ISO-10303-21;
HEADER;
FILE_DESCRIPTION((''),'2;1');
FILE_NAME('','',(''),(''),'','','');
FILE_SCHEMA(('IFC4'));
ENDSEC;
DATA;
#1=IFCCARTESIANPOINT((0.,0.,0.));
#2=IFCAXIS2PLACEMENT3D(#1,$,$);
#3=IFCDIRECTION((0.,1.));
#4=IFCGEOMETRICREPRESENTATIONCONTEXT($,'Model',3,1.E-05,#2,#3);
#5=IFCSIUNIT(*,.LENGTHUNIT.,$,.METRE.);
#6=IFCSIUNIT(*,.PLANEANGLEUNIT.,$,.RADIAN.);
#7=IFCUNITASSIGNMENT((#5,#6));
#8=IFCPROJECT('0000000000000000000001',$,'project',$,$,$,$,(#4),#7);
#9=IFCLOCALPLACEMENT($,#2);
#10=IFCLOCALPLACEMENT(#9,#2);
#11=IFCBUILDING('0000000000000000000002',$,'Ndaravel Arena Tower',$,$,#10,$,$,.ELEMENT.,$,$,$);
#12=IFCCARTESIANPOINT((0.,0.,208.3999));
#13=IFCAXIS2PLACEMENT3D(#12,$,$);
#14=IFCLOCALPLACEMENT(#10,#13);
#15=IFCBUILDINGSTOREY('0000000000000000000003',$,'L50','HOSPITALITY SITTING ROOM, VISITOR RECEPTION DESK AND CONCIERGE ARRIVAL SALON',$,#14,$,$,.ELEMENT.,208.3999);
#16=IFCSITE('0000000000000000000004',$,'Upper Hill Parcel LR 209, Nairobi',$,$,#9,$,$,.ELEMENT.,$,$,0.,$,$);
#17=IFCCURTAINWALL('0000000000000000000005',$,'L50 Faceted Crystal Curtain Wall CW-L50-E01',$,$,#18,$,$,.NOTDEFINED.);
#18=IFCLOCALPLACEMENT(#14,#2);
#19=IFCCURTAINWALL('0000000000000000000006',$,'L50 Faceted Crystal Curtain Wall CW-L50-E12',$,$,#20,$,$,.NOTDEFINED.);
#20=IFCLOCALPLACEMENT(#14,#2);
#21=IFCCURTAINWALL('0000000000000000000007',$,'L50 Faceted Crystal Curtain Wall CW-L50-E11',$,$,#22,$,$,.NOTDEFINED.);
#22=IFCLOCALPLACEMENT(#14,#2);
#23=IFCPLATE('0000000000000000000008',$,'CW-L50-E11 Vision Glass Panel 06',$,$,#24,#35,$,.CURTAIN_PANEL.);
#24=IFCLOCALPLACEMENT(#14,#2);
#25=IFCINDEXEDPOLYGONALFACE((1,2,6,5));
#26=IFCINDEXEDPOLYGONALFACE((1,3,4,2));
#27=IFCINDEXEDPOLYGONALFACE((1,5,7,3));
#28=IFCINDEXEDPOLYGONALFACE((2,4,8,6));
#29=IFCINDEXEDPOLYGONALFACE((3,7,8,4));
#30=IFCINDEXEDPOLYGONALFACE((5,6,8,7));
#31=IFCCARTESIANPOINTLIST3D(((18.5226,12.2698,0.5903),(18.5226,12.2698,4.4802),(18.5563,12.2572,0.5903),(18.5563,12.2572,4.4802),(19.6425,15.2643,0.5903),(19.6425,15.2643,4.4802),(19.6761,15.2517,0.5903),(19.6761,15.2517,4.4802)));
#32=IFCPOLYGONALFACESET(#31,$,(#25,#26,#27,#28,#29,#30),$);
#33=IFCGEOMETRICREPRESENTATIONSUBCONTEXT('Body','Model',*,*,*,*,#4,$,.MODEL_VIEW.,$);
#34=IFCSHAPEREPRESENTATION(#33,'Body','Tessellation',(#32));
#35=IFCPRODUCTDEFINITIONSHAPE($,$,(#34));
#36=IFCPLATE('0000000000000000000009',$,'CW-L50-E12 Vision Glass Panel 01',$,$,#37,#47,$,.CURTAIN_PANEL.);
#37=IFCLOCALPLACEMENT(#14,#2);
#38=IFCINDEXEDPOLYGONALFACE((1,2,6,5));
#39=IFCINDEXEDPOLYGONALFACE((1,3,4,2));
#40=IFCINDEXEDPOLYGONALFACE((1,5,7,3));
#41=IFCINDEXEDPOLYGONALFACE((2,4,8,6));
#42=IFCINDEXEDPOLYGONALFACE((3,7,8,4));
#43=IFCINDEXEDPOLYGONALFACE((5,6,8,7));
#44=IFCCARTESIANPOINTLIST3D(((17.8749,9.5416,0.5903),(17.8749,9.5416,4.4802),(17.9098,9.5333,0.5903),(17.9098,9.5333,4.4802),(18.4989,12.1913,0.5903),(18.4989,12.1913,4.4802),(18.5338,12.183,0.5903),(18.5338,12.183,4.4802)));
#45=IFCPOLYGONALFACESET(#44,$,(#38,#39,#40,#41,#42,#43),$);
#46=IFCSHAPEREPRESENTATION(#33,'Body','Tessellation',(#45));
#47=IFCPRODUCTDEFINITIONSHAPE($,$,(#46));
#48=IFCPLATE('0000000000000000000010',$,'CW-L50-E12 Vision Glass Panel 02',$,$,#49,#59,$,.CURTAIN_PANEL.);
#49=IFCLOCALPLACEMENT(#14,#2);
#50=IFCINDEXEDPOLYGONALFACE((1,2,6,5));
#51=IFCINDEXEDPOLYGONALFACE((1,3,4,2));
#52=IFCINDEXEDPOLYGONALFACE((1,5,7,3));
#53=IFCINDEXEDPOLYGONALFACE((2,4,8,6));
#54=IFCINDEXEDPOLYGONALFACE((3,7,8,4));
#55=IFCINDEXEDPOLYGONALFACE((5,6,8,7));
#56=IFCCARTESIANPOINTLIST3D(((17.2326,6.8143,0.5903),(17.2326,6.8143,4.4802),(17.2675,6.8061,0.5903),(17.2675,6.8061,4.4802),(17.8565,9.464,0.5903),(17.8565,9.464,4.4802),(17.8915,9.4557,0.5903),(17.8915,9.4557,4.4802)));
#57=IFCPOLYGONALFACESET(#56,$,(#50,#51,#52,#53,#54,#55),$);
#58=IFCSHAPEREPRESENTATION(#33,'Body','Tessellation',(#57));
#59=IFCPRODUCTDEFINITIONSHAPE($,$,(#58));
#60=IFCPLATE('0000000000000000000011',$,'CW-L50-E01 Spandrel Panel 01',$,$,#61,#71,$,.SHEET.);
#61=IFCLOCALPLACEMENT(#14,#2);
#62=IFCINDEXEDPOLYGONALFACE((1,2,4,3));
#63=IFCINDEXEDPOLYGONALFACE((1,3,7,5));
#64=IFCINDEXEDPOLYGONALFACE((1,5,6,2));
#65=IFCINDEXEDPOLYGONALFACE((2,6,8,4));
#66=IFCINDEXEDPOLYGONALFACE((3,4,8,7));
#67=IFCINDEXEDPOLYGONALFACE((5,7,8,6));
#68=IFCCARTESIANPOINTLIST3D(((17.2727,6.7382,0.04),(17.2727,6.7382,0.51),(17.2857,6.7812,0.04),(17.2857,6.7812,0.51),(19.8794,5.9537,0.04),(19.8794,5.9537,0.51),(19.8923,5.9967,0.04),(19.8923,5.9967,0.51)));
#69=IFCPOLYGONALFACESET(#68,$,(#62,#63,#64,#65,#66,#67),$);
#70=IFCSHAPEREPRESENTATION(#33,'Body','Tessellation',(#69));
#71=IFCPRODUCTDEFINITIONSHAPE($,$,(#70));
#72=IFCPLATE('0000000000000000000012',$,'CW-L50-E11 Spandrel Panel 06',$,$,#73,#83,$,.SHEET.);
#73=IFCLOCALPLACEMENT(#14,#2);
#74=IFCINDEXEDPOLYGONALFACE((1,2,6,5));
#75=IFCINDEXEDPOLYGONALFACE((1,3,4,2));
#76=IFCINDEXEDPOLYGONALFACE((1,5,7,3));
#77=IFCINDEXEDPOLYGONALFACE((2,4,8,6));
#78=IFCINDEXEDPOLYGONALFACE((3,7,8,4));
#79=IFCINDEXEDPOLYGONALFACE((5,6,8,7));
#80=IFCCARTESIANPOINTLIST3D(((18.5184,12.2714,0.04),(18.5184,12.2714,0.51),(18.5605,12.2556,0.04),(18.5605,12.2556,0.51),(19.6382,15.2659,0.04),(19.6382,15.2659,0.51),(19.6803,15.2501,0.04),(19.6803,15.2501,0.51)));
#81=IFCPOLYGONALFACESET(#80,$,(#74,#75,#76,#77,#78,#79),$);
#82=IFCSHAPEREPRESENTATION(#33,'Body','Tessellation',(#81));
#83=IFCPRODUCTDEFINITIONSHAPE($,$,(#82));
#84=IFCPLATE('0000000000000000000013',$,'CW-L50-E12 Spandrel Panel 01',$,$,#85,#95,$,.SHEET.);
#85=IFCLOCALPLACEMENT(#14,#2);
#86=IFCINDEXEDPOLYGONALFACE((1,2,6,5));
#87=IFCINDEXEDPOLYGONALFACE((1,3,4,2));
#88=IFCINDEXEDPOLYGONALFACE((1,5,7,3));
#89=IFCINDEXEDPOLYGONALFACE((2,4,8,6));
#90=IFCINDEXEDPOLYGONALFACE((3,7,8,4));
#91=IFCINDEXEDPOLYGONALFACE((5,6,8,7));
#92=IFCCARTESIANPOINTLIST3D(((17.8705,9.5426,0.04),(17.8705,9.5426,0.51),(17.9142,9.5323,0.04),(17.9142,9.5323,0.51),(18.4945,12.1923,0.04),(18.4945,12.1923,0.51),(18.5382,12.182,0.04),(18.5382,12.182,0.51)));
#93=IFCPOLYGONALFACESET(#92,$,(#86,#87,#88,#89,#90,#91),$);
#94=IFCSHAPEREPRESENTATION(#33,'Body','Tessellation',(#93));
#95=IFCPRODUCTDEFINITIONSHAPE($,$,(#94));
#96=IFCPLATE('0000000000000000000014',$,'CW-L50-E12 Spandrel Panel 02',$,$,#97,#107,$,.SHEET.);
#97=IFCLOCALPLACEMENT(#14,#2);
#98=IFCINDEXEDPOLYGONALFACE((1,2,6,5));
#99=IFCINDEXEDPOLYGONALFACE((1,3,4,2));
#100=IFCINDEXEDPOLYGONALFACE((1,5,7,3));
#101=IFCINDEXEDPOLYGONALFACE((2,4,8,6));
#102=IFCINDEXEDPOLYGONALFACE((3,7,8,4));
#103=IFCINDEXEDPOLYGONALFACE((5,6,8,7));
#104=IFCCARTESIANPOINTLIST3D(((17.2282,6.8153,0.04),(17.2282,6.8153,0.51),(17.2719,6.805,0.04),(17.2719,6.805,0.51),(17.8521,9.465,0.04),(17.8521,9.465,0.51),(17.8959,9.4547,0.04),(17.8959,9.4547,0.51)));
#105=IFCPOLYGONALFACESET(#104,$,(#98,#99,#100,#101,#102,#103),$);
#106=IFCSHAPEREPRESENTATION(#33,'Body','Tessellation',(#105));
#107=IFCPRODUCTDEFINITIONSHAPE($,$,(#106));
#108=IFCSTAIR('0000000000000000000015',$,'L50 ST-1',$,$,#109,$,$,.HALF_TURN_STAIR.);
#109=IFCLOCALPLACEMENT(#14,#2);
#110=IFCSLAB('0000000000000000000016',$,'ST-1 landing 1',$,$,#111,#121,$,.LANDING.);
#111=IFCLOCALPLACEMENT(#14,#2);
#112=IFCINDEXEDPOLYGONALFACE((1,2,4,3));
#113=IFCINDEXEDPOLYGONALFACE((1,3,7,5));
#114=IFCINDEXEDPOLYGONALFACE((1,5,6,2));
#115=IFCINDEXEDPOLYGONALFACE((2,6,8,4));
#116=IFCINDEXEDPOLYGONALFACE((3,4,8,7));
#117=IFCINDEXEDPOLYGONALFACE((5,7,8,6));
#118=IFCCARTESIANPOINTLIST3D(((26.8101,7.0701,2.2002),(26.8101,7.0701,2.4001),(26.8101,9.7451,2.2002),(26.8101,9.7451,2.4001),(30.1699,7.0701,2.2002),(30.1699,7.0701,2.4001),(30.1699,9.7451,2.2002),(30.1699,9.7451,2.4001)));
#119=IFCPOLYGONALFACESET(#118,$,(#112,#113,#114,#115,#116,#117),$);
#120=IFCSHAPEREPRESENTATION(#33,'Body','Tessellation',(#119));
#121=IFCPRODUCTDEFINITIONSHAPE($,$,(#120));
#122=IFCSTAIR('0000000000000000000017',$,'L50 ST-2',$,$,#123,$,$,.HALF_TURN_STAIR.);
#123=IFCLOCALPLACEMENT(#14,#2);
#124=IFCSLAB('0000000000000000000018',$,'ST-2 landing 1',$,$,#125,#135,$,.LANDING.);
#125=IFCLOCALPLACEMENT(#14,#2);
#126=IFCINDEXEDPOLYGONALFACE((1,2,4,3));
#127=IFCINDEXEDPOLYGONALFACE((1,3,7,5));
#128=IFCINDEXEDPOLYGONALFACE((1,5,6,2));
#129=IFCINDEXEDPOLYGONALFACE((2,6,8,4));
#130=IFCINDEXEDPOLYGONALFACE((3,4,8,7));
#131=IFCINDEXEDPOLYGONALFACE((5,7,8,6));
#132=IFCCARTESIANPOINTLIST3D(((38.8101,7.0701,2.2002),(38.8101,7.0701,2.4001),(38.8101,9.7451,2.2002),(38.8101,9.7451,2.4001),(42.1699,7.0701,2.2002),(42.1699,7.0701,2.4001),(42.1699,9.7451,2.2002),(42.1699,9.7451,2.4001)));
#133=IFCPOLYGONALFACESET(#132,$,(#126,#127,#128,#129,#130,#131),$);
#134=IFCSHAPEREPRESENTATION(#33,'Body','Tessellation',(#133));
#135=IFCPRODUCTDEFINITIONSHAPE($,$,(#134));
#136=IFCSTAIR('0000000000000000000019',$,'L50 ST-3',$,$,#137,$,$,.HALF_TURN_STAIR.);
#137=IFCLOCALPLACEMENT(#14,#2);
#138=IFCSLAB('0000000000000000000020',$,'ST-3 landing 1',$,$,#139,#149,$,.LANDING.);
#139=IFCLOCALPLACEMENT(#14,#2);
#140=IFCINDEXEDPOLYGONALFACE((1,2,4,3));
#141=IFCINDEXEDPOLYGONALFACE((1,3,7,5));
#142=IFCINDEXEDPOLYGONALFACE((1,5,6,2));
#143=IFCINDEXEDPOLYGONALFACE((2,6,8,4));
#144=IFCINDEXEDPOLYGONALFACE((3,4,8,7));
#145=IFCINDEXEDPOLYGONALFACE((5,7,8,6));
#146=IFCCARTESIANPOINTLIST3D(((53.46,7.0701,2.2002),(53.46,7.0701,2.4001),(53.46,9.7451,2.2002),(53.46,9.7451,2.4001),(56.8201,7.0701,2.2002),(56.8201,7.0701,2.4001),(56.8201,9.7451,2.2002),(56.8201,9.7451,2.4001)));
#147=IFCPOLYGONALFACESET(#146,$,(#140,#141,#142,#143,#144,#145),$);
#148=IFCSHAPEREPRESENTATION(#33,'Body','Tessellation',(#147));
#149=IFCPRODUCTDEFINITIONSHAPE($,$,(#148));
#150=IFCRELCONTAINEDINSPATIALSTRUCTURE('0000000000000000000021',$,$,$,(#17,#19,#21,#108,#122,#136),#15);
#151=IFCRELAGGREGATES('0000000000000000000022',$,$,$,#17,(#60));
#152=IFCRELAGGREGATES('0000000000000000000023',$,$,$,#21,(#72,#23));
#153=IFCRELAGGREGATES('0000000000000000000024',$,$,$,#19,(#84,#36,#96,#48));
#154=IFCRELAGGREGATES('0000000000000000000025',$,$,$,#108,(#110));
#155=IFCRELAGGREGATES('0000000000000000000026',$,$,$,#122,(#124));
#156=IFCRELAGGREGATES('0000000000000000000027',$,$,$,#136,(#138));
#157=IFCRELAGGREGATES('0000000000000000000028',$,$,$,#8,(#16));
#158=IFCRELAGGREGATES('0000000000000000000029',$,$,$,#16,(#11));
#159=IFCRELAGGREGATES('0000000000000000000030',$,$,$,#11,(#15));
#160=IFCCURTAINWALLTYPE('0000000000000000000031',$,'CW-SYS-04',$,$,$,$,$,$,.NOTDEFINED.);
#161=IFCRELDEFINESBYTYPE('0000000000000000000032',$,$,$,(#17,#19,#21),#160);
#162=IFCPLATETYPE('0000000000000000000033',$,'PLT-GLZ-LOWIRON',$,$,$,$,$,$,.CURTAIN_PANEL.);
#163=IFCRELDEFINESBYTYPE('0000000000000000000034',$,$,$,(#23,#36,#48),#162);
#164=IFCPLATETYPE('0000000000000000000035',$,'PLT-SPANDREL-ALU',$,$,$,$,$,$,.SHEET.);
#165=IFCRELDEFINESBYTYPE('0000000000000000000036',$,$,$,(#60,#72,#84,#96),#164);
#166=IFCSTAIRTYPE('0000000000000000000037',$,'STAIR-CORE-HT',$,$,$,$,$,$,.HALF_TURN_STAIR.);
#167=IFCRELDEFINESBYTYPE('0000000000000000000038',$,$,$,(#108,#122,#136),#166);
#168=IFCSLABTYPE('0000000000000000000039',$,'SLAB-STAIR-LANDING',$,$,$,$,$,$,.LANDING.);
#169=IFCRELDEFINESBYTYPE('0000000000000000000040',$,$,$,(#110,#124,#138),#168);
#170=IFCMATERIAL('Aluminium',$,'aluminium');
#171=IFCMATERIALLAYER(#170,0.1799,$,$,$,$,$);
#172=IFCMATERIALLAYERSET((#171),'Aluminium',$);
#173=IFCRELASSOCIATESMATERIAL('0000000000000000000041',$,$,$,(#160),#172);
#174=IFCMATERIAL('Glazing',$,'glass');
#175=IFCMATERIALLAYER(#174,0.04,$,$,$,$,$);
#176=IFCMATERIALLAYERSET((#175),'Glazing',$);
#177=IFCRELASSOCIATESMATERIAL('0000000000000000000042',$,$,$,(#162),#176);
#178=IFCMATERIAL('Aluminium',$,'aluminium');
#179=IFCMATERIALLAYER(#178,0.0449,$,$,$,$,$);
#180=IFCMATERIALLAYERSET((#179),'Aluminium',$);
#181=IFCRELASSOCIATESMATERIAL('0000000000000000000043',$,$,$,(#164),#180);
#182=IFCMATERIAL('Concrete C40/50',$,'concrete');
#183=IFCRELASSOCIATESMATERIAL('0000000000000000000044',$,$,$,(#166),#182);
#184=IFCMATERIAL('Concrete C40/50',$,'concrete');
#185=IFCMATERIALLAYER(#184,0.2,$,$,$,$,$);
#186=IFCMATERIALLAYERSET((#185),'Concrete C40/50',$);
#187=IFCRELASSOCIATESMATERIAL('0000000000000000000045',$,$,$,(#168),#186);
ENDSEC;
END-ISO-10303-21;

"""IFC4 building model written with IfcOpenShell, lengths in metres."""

from ifc_helpers import new_model, si_unit, direction, frame, origin, origin_2d, place, context, subcontext, project, spatial, polyline, rectangle, outline, extrude, material, layer, layer_set, type_object, element, aggregate, save


model = new_model("IFC4")

# Units and contexts
model_context = context("Model", 3, precision=1e-05, world=origin(), true_north=direction((0.0, 1.0)))
body_context = subcontext(model_context, "Body", "Model", "MODEL_VIEW")
ifc_project = project(units=[si_unit("LENGTHUNIT", "METRE"), si_unit("PLANEANGLEUNIT", "RADIAN")], contexts=[model_context])

# Site, building, storey
site_placement = place(None, origin())
site = spatial("IfcSite", under=ifc_project, at=site_placement, Name="Upper Hill Parcel LR 209, Nairobi", CompositionType="ELEMENT", RefElevation=0.0)
building_placement = place(site_placement, origin())
building = spatial("IfcBuilding", under=site, at=building_placement, Name="Ndaravel Arena Tower", CompositionType="ELEMENT")
storey_placement = place(building_placement, frame((0.0, 0.0, 208.3999)))
storey = spatial("IfcBuildingStorey", under=building, at=storey_placement, Name="L50", Description="HOSPITALITY SITTING ROOM, VISITOR RECEPTION DESK AND CONCIERGE ARRIVAL SALON", CompositionType="ELEMENT", Elevation=208.3999)

# Curtain wall
ifc_material_1 = material(Name="Aluminium", Category="aluminium")
ifc_layer_1 = layer(ifc_material_1, 0.1799)
ifc_layer_set_1 = layer_set([ifc_layer_1], Name="Aluminium")
curtain_wall_type = type_object("IfcCurtainWallType", Name="CW-SYS-04", PredefinedType="NOTDEFINED", material=ifc_layer_set_1)
curtain_wall_1_placement = place(storey_placement, origin())
curtain_wall_1 = element("IfcCurtainWall", 1, at=curtain_wall_1_placement, inside=storey, type_object=curtain_wall_type, Name="L50 Faceted Crystal Curtain Wall CW-L50-E01", PredefinedType="NOTDEFINED")

# Curtain wall
curtain_wall_2_placement = place(storey_placement, origin())
curtain_wall_2 = element("IfcCurtainWall", 2, at=curtain_wall_2_placement, inside=storey, type_object=curtain_wall_type, Name="L50 Faceted Crystal Curtain Wall CW-L50-E12", PredefinedType="NOTDEFINED")

# Shared definitions
ifc_material_2 = material(Name="Glazing", Category="glass")
ifc_layer_2 = layer(ifc_material_2, 0.04)
ifc_layer_set_2 = layer_set([ifc_layer_2], Name="Glazing")
plate_type_1 = type_object("IfcPlateType", Name="PLT-GLZ-LOWIRON", PredefinedType="CURTAIN_PANEL", material=ifc_layer_set_2)

# Curtain wall, plate
curtain_wall_3_placement = place(storey_placement, origin())
curtain_wall_3 = element("IfcCurtainWall", 3, at=curtain_wall_3_placement, inside=storey, type_object=curtain_wall_type, Name="L50 Faceted Crystal Curtain Wall CW-L50-E11", PredefinedType="NOTDEFINED")
plate_1_placement = place(storey_placement, frame((19.0994, 13.7607, 0.5903), z_axis=(0.0, 0.0, 1.0), x_axis=(-0.350273, -0.936648, 0.0)))
plate_1 = element("IfcPlate", 4, at=plate_1_placement, type_object=plate_type_1, Name="CW-L50-E11 Vision Glass Panel 06", PredefinedType="CURTAIN_PANEL", context=body_context, shape_type="SweptSolid", body=[
    extrude(rectangle(XDim=3.197, YDim=0.0359, at=origin_2d()), origin(), (0.0, 0.0, 1.0), 3.8899),
])

# Plates
plate_2_placement = place(storey_placement, frame((18.2043, 10.8623, 0.5903), z_axis=(0.0, 0.0, 1.0), x_axis=(-0.229217, -0.973375, 0.0)))
plate_2 = element("IfcPlate", 5, at=plate_2_placement, type_object=plate_type_1, Name="CW-L50-E12 Vision Glass Panel 01", PredefinedType="CURTAIN_PANEL", context=body_context, shape_type="SweptSolid", body=[
    extrude(rectangle(XDim=2.7222, YDim=0.0359, at=origin_2d()), origin(), (0.0, 0.0, 1.0), 3.8899),
])
plate_3_placement = place(storey_placement, frame((17.562, 8.135, 0.5903), z_axis=(0.0, 0.0, 1.0), x_axis=(-0.229217, -0.973375, 0.0)))
plate_3 = element("IfcPlate", 6, at=plate_3_placement, type_object=plate_type_1, Name="CW-L50-E12 Vision Glass Panel 02", PredefinedType="CURTAIN_PANEL", context=body_context, shape_type="SweptSolid", body=[
    extrude(rectangle(XDim=2.7222, YDim=0.0359, at=origin_2d()), origin(), (0.0, 0.0, 1.0), 3.8899),
])
ifc_material_3 = material(Name="Aluminium", Category="aluminium")
ifc_layer_3 = layer(ifc_material_3, 0.0449)
ifc_layer_set_3 = layer_set([ifc_layer_3], Name="Aluminium")
plate_type_2 = type_object("IfcPlateType", Name="PLT-SPANDREL-ALU", PredefinedType="SHEET", material=ifc_layer_set_3)
plate_4_placement = place(storey_placement, frame((18.5825, 6.3674, 0.04), z_axis=(0.0, 0.0, 1.0), x_axis=(0.957576, -0.28818, 0.0)))
plate_4 = element("IfcPlate", 7, at=plate_4_placement, type_object=plate_type_2, Name="CW-L50-E01 Spandrel Panel 01", PredefinedType="SHEET", context=body_context, shape_type="SweptSolid", body=[
    extrude(rectangle(XDim=2.7222, YDim=0.0449, at=origin_2d()), origin(), (0.0, 0.0, 1.0), 0.47),
])
aggregate(curtain_wall_1, [plate_4])
plate_5_placement = place(storey_placement, frame((19.0994, 13.7607, 0.04), z_axis=(0.0, 0.0, 1.0), x_axis=(-0.350273, -0.936648, 0.0)))
plate_5 = element("IfcPlate", 8, at=plate_5_placement, type_object=plate_type_2, Name="CW-L50-E11 Spandrel Panel 06", PredefinedType="SHEET", context=body_context, shape_type="SweptSolid", body=[
    extrude(rectangle(XDim=3.197, YDim=0.0449, at=origin_2d()), origin(), (0.0, 0.0, 1.0), 0.47),
])
aggregate(curtain_wall_3, [plate_5, plate_1])
plate_6_placement = place(storey_placement, frame((18.2043, 10.8623, 0.04), z_axis=(0.0, 0.0, 1.0), x_axis=(-0.229217, -0.973375, 0.0)))
plate_6 = element("IfcPlate", 9, at=plate_6_placement, type_object=plate_type_2, Name="CW-L50-E12 Spandrel Panel 01", PredefinedType="SHEET", context=body_context, shape_type="SweptSolid", body=[
    extrude(rectangle(XDim=2.7222, YDim=0.0449, at=origin_2d()), origin(), (0.0, 0.0, 1.0), 0.47),
])
plate_7_placement = place(storey_placement, frame((17.562, 8.135, 0.04), z_axis=(0.0, 0.0, 1.0), x_axis=(-0.229217, -0.973375, 0.0)))
plate_7 = element("IfcPlate", 10, at=plate_7_placement, type_object=plate_type_2, Name="CW-L50-E12 Spandrel Panel 02", PredefinedType="SHEET", context=body_context, shape_type="SweptSolid", body=[
    extrude(rectangle(XDim=2.7222, YDim=0.0449, at=origin_2d()), origin(), (0.0, 0.0, 1.0), 0.47),
])
aggregate(curtain_wall_2, [plate_6, plate_2, plate_7, plate_3])

# Stairs, slabs
ifc_material_4 = material(Name="Concrete C40/50", Category="concrete")
stair_type = type_object("IfcStairType", Name="STAIR-CORE-HT", PredefinedType="HALF_TURN_STAIR", material=ifc_material_4)
stair_1_placement = place(storey_placement, origin())
stair_1 = element("IfcStair", 11, at=stair_1_placement, inside=storey, type_object=stair_type, Name="L50 ST-1", PredefinedType="HALF_TURN_STAIR")
ifc_material_5 = material(Name="Concrete C40/50", Category="concrete")
ifc_layer_4 = layer(ifc_material_5, 0.2)
ifc_layer_set_4 = layer_set([ifc_layer_4], Name="Concrete C40/50")
slab_type_1 = type_object("IfcSlabType", Name="SLAB-STAIR-LANDING", PredefinedType="LANDING", material=ifc_layer_set_4)
slab_1_placement = place(storey_placement, frame((0.0, 0.0, 2.2002)))
slab_1 = element("IfcSlab", 12, at=slab_1_placement, type_object=slab_type_1, Name="ST-1 landing 1", PredefinedType="LANDING", context=body_context, shape_type="SweptSolid", body=[
    extrude(outline(polyline([(26.8101, 9.7451), (26.8101, 7.0701), (30.1699, 7.0701), (30.1699, 9.7451), (26.8101, 9.7451)])), origin(), (0.0, 0.0, 1.0), 0.2),
])
aggregate(stair_1, [slab_1])
stair_2_placement = place(storey_placement, origin())
stair_2 = element("IfcStair", 13, at=stair_2_placement, inside=storey, type_object=stair_type, Name="L50 ST-2", PredefinedType="HALF_TURN_STAIR")
slab_2_placement = place(storey_placement, frame((0.0, 0.0, 2.2002)))
slab_2 = element("IfcSlab", 14, at=slab_2_placement, type_object=slab_type_1, Name="ST-2 landing 1", PredefinedType="LANDING", context=body_context, shape_type="SweptSolid", body=[
    extrude(outline(polyline([(38.8101, 9.7451), (38.8101, 7.0701), (42.1699, 7.0701), (42.1699, 9.7451), (38.8101, 9.7451)])), origin(), (0.0, 0.0, 1.0), 0.2),
])
aggregate(stair_2, [slab_2])
stair_3_placement = place(storey_placement, origin())
stair_3 = element("IfcStair", 15, at=stair_3_placement, inside=storey, type_object=stair_type, Name="L50 ST-3", PredefinedType="HALF_TURN_STAIR")
slab_3_placement = place(storey_placement, frame((0.0, 0.0, 2.2002)))
slab_3 = element("IfcSlab", 16, at=slab_3_placement, type_object=slab_type_1, Name="ST-3 landing 1", PredefinedType="LANDING", context=body_context, shape_type="SweptSolid", body=[
    extrude(outline(polyline([(53.46, 9.7451), (53.46, 7.0701), (56.8201, 7.0701), (56.8201, 9.7451), (53.46, 9.7451)])), origin(), (0.0, 0.0, 1.0), 0.2),
])
aggregate(stair_3, [slab_3])

save(model, "model.ifc")
